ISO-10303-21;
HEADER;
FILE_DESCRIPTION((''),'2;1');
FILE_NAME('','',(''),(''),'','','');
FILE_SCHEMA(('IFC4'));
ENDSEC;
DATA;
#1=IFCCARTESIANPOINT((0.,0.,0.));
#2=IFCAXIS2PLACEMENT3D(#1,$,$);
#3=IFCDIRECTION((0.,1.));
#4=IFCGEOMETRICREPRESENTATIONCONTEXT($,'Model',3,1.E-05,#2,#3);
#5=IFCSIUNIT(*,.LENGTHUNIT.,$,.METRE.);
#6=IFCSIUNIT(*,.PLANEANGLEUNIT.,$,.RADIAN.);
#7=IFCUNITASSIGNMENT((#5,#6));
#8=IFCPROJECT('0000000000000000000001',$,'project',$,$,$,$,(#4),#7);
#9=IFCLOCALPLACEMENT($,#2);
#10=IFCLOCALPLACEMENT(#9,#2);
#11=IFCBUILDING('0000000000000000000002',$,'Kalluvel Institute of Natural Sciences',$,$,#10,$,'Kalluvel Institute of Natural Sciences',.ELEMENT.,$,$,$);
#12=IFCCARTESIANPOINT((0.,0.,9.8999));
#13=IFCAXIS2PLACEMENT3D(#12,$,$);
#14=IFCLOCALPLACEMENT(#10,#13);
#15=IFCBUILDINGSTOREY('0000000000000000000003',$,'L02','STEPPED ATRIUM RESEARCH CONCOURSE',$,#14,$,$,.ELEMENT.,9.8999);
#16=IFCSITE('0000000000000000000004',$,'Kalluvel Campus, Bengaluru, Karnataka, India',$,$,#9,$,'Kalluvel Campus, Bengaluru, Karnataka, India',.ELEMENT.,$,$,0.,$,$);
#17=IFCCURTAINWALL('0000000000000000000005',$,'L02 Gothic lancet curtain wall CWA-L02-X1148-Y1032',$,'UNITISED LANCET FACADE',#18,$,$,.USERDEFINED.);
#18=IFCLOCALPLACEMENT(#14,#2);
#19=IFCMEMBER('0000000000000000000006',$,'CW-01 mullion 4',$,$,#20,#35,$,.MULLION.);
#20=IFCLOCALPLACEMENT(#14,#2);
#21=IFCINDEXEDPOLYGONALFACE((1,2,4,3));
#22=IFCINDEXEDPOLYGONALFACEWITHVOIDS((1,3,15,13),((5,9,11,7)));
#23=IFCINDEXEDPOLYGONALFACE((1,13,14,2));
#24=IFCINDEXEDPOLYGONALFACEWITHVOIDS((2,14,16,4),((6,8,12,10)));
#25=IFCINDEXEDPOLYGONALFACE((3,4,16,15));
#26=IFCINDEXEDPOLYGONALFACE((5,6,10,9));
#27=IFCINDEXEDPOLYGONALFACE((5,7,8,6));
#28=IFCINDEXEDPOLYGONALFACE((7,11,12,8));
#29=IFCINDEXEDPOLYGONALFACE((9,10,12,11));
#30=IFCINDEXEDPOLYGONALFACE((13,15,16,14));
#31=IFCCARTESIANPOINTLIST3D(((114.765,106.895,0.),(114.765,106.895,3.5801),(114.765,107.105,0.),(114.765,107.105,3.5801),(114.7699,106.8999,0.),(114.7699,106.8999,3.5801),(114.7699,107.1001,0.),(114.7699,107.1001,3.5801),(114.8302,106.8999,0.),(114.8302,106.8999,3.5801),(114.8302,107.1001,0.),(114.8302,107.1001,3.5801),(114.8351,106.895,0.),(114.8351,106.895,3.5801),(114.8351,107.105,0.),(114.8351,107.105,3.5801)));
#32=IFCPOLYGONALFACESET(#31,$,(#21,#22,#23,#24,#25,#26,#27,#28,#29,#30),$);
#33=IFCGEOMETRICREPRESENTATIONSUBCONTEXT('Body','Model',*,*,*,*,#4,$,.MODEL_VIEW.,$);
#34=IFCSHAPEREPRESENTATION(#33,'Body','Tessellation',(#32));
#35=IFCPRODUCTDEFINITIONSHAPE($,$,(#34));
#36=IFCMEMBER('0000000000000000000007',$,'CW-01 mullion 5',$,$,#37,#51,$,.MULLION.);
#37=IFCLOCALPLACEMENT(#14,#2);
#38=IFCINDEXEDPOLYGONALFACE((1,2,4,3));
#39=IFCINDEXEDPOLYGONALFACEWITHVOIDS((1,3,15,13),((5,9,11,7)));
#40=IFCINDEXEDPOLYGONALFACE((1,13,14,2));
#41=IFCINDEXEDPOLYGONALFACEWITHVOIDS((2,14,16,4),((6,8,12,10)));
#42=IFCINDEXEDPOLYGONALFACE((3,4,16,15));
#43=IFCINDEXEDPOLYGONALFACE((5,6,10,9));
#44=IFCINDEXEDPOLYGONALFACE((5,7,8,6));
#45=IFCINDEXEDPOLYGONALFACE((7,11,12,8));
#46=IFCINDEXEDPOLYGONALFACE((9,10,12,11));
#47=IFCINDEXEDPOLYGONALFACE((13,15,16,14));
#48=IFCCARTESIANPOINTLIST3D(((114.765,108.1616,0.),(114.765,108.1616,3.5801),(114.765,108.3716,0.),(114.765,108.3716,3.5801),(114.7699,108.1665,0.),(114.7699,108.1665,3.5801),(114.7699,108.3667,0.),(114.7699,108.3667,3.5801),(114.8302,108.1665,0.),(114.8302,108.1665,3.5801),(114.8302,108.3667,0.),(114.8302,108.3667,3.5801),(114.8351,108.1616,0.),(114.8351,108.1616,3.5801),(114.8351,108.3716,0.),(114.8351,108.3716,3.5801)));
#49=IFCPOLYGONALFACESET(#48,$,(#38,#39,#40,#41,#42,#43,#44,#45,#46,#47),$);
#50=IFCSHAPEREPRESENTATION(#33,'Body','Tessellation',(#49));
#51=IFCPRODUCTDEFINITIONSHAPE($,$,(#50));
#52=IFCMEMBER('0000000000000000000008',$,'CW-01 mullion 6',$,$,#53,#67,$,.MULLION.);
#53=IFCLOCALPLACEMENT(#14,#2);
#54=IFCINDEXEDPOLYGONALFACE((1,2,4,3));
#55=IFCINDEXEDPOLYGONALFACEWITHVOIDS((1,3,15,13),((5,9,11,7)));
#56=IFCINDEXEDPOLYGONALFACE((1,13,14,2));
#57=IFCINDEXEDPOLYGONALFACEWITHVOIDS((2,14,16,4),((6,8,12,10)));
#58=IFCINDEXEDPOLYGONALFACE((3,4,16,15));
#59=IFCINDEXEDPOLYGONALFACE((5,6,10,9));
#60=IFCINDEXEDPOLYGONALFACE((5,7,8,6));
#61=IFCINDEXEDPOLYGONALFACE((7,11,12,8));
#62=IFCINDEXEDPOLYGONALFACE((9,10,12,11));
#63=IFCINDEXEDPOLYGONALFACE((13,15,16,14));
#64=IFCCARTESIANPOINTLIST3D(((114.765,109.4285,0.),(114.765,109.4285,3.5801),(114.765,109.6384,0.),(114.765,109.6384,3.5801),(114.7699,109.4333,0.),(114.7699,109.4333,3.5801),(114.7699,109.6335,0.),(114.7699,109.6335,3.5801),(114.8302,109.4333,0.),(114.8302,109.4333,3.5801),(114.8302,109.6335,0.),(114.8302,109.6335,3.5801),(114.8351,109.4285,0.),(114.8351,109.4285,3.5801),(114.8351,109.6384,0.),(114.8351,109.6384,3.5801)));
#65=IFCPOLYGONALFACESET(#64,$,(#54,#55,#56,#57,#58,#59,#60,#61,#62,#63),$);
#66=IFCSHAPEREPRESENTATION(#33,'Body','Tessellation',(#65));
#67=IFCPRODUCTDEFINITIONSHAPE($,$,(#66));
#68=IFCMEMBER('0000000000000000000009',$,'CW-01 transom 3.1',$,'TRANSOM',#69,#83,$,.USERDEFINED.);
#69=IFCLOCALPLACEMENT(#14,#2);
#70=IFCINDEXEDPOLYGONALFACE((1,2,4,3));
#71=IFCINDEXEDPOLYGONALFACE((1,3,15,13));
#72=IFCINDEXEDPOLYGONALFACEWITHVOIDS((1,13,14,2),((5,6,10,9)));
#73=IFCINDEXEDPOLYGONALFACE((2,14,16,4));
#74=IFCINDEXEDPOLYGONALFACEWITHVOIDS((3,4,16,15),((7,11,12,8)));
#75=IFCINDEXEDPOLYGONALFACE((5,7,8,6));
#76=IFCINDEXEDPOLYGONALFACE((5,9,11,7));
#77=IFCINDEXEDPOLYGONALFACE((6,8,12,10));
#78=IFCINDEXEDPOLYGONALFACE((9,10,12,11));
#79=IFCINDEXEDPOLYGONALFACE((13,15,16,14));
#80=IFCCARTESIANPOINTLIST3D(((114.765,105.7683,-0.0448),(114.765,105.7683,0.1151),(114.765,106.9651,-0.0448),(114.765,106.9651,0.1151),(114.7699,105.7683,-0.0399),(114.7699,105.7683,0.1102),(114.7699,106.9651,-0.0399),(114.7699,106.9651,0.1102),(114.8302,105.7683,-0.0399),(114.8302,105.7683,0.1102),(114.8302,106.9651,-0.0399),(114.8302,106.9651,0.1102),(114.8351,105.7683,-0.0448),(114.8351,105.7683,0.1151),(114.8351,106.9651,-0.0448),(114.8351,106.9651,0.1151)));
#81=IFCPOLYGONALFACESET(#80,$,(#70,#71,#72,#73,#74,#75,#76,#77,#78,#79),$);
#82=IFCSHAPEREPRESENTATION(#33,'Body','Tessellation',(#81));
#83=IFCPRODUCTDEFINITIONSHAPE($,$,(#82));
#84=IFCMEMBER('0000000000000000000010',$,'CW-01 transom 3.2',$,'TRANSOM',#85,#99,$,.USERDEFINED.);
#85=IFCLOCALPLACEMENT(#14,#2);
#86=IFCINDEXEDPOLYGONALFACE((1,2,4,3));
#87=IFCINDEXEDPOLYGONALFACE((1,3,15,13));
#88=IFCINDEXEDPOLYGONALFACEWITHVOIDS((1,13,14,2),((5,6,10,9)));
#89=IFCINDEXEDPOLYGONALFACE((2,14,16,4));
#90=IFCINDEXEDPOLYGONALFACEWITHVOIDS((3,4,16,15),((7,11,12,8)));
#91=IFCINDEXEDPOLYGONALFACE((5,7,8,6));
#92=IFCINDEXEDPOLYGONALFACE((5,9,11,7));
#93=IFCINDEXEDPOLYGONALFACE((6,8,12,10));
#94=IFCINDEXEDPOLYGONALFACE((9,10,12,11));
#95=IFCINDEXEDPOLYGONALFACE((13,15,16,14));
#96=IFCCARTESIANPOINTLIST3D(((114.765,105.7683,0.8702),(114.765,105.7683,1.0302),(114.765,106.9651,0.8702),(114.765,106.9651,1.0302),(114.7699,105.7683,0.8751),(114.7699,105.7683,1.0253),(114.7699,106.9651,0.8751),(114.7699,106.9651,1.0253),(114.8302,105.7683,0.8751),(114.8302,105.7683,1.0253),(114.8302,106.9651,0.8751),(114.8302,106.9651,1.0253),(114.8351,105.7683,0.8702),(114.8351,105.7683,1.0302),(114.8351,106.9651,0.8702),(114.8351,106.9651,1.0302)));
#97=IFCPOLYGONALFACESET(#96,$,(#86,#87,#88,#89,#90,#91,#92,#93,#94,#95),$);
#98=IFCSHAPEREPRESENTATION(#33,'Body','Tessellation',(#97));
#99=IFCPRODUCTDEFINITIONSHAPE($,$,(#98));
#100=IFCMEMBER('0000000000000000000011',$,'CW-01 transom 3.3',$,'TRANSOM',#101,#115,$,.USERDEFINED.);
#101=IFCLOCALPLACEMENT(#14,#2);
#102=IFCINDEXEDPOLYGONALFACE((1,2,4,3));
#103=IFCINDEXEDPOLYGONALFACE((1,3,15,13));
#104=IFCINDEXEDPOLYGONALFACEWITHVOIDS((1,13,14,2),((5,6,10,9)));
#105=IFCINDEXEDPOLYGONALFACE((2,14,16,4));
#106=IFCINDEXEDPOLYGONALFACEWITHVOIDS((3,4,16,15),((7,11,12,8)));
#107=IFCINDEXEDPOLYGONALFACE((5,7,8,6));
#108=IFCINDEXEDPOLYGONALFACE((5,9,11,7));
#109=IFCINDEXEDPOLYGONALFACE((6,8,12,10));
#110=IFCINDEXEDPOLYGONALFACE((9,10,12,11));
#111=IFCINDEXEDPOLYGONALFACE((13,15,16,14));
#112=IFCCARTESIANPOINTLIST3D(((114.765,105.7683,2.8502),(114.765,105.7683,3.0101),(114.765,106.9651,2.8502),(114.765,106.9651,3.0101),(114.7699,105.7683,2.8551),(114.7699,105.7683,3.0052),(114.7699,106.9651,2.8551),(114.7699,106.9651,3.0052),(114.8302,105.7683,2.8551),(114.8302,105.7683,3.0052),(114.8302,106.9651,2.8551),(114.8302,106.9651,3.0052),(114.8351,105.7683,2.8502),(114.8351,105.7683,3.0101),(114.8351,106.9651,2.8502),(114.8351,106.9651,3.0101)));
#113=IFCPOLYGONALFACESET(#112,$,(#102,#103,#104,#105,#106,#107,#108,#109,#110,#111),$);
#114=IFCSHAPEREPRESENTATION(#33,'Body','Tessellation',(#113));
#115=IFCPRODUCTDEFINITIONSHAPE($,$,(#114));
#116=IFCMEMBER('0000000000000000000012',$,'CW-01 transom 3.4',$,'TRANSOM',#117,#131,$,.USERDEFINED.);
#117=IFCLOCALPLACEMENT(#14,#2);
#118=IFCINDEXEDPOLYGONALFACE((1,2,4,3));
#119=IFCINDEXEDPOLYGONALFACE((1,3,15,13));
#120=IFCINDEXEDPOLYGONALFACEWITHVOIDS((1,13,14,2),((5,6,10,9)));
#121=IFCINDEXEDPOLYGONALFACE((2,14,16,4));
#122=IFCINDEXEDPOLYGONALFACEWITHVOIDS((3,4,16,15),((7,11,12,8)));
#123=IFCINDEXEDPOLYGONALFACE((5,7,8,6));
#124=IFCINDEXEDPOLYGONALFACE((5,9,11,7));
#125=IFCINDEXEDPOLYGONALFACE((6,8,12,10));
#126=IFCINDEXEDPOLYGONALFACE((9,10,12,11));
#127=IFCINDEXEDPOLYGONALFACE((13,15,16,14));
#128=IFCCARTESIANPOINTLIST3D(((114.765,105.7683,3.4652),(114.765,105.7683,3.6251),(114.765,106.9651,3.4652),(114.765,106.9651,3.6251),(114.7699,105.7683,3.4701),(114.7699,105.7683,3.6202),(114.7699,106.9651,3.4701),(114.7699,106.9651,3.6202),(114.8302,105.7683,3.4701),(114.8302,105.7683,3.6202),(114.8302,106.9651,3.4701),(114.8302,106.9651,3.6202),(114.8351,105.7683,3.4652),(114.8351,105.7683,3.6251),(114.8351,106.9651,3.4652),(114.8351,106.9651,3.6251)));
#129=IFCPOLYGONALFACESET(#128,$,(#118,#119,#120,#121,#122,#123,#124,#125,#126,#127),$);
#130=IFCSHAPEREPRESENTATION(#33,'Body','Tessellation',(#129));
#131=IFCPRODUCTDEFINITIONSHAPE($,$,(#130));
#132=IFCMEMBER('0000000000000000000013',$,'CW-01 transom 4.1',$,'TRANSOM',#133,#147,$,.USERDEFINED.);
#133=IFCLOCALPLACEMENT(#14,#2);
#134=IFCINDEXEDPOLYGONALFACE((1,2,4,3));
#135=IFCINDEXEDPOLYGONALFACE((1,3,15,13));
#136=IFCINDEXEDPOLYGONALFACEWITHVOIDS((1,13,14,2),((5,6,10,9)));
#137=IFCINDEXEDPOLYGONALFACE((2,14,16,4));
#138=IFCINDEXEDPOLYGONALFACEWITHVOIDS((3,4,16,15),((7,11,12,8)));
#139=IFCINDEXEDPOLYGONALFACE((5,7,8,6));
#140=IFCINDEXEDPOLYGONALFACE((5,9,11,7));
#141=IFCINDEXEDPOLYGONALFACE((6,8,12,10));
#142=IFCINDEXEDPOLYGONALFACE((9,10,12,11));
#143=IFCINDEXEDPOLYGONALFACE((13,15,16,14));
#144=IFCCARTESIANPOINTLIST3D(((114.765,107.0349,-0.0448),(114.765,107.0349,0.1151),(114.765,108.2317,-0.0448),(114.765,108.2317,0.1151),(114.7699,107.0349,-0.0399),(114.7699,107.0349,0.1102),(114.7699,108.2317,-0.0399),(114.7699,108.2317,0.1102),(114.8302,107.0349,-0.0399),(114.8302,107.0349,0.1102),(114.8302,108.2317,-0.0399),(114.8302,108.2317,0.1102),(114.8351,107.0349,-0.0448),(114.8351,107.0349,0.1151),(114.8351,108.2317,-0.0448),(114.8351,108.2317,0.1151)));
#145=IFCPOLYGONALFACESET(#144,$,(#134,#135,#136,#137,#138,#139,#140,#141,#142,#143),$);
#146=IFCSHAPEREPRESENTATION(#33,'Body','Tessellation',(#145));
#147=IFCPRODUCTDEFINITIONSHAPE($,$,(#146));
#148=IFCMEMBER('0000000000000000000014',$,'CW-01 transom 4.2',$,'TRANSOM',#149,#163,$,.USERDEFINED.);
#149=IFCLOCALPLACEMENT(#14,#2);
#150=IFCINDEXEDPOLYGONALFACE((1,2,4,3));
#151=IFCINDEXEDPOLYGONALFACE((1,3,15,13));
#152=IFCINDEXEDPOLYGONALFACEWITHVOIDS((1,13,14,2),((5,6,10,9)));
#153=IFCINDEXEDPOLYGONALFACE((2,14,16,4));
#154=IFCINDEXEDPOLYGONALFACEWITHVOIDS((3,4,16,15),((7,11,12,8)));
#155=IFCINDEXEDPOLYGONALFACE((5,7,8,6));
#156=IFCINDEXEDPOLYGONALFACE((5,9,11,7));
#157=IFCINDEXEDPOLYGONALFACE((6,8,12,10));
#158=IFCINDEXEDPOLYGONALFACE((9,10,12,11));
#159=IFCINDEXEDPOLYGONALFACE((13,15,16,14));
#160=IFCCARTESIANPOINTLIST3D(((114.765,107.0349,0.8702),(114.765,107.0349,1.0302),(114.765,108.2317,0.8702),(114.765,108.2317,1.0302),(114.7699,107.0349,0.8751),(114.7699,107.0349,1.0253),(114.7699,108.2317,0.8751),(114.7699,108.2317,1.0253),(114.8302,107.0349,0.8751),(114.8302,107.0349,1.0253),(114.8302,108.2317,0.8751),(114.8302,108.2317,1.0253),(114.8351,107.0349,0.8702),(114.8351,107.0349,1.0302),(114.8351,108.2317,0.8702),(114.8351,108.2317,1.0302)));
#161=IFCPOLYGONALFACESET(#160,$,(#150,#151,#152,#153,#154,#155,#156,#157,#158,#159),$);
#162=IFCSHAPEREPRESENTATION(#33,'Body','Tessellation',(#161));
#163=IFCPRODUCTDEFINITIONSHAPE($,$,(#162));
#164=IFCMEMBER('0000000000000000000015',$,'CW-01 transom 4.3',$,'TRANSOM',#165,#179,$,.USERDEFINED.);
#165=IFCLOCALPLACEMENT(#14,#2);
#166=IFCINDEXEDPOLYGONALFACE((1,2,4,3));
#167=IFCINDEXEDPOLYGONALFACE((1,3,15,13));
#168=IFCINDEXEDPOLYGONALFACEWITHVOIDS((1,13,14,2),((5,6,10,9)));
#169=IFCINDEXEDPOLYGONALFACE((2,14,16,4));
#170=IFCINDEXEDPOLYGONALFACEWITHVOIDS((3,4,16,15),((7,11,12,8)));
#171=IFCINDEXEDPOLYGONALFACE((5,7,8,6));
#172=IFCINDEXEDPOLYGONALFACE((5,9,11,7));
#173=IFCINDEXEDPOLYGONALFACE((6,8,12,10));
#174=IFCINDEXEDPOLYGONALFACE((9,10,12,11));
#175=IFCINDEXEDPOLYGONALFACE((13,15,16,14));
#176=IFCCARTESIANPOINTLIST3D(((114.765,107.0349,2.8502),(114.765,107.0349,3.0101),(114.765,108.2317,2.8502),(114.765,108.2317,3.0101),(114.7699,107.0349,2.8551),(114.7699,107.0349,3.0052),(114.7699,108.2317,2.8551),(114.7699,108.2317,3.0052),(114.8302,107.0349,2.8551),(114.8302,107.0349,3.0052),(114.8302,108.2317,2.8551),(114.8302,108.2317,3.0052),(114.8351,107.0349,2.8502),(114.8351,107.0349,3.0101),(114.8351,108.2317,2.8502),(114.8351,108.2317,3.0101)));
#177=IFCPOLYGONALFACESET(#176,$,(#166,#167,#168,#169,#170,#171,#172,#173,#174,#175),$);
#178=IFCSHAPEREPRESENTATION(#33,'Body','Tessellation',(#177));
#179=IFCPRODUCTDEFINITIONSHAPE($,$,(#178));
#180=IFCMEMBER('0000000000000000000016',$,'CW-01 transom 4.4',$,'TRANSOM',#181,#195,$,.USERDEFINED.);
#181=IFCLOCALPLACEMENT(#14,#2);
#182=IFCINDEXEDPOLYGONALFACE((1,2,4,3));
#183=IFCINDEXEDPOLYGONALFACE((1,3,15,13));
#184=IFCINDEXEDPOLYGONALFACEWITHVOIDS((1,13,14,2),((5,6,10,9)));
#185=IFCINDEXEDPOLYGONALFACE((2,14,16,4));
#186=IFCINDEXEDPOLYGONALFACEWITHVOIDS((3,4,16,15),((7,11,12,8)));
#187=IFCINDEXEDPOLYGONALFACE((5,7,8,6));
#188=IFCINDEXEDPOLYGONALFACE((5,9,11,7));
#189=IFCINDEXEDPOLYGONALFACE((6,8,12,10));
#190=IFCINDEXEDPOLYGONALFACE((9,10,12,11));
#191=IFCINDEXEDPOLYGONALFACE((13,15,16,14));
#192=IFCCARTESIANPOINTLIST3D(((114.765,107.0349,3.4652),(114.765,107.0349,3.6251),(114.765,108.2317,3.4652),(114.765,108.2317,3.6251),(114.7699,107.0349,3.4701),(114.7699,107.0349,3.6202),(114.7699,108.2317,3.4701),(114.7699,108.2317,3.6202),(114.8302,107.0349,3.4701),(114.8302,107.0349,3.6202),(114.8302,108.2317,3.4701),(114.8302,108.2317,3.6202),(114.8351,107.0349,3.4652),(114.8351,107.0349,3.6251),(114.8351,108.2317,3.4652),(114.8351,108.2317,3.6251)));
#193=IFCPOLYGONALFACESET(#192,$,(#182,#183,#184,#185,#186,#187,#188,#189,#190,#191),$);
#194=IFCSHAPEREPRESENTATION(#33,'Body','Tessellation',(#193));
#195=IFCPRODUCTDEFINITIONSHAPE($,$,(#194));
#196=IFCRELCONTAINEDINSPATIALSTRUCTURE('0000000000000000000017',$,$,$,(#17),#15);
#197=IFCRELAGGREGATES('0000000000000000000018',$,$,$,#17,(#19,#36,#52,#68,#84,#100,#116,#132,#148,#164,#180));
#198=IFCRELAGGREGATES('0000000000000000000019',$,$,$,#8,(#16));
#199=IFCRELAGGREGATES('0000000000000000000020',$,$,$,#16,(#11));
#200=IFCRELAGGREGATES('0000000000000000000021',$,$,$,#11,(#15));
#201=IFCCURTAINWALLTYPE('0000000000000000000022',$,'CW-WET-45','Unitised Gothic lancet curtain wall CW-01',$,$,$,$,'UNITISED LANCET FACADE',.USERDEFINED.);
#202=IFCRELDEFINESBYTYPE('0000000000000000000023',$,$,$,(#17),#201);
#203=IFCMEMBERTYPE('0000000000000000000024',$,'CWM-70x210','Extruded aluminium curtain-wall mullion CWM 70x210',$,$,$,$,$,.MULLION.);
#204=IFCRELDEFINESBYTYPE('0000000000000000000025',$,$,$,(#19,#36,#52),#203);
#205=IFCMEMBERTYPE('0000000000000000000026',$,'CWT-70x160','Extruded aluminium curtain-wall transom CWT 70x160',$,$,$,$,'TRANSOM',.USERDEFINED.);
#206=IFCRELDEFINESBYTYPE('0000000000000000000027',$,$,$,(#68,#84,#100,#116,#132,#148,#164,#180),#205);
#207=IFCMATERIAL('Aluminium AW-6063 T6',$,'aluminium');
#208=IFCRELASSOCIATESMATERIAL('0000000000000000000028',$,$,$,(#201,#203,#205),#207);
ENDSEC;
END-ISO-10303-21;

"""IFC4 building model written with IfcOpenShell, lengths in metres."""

from ifc_helpers import new_model, si_unit, direction, frame, origin, origin_2d, place, context, subcontext, project, spatial, hollow_rectangle, extrude, material, material_profile, profile_set, type_object, element, aggregate, save


model = new_model("IFC4")

# Units and contexts
model_context = context("Model", 3, precision=1e-05, world=origin(), true_north=direction((0.0, 1.0)))
body_context = subcontext(model_context, "Body", "Model", "MODEL_VIEW")
ifc_project = project(units=[si_unit("LENGTHUNIT", "METRE"), si_unit("PLANEANGLEUNIT", "RADIAN")], contexts=[model_context])

# Site, building, storey
site_placement = place(None, origin())
site = spatial("IfcSite", under=ifc_project, at=site_placement, Name="Kalluvel Campus, Bengaluru, Karnataka, India", LongName="Kalluvel Campus, Bengaluru, Karnataka, India", CompositionType="ELEMENT", RefElevation=0.0)
building_placement = place(site_placement, origin())
building = spatial("IfcBuilding", under=site, at=building_placement, Name="Kalluvel Institute of Natural Sciences", LongName="Kalluvel Institute of Natural Sciences", CompositionType="ELEMENT")
storey_placement = place(building_placement, frame((0.0, 0.0, 9.8999)))
storey = spatial("IfcBuildingStorey", under=building, at=storey_placement, Name="L02", Description="STEPPED ATRIUM RESEARCH CONCOURSE", CompositionType="ELEMENT", Elevation=9.8999)

# Curtain wall, members
ifc_material_1 = material(Name="Aluminium AW-6063 T6", Category="aluminium")
curtain_wall_type = type_object("IfcCurtainWallType", Name="CW-WET-45", Description="Unitised Gothic lancet curtain wall CW-01", ElementType="UNITISED LANCET FACADE", PredefinedType="USERDEFINED", material=ifc_material_1)
curtain_wall_placement = place(storey_placement, origin())
curtain_wall = element("IfcCurtainWall", 1, at=curtain_wall_placement, inside=storey, type_object=curtain_wall_type, Name="L02 Gothic lancet curtain wall CWA-L02-X1148-Y1032", ObjectType="UNITISED LANCET FACADE", PredefinedType="USERDEFINED")
ifc_material_profile_1 = material_profile(ifc_material_1, hollow_rectangle(XDim=0.0701, YDim=0.21, WallThickness=0.0049, at=origin_2d()), Name="CWM 70x210")
ifc_profile_set_1 = profile_set([ifc_material_profile_1], Name="Aluminium AW-6063 T6")
member_type_1 = type_object("IfcMemberType", Name="CWM-70x210", Description="Extruded aluminium curtain-wall mullion CWM 70x210", PredefinedType="MULLION", material=ifc_profile_set_1)
member_1_placement = place(storey_placement, frame((114.8, 107.0, 0.0), z_axis=(0.0, 0.0, 1.0), x_axis=(-1.0, 0.0, 0.0)))
member_1 = element("IfcMember", 2, at=member_1_placement, type_object=member_type_1, Name="CW-01 mullion 4", PredefinedType="MULLION", context=body_context, shape_type="SweptSolid", body=[
    extrude(hollow_rectangle(XDim=0.0701, YDim=0.21, WallThickness=0.0049, at=origin_2d()), origin(), (0.0, 0.0, 1.0), 3.5801),
])
member_2_placement = place(storey_placement, frame((114.8, 108.2666, 0.0), z_axis=(0.0, 0.0, 1.0), x_axis=(-1.0, 0.0, 0.0)))
member_2 = element("IfcMember", 3, at=member_2_placement, type_object=member_type_1, Name="CW-01 mullion 5", PredefinedType="MULLION", context=body_context, shape_type="SweptSolid", body=[
    extrude(hollow_rectangle(XDim=0.0701, YDim=0.21, WallThickness=0.0049, at=origin_2d()), origin(), (0.0, 0.0, 1.0), 3.5801),
])
member_3_placement = place(storey_placement, frame((114.8, 109.5334, 0.0), z_axis=(0.0, 0.0, 1.0), x_axis=(-1.0, 0.0, 0.0)))
member_3 = element("IfcMember", 4, at=member_3_placement, type_object=member_type_1, Name="CW-01 mullion 6", PredefinedType="MULLION", context=body_context, shape_type="SweptSolid", body=[
    extrude(hollow_rectangle(XDim=0.0701, YDim=0.21, WallThickness=0.0049, at=origin_2d()), origin(), (0.0, 0.0, 1.0), 3.5801),
])
ifc_material_profile_2 = material_profile(ifc_material_1, hollow_rectangle(XDim=0.0701, YDim=0.1599, WallThickness=0.0049, at=origin_2d()), Name="CWT 70x160")
ifc_profile_set_2 = profile_set([ifc_material_profile_2], Name="Aluminium AW-6063 T6")
member_type_2 = type_object("IfcMemberType", Name="CWT-70x160", Description="Extruded aluminium curtain-wall transom CWT 70x160", ElementType="TRANSOM", PredefinedType="USERDEFINED", material=ifc_profile_set_2)
member_4_placement = place(storey_placement, frame((114.8, 105.7683, 0.0352), z_axis=(0.0, 1.0, 0.0), x_axis=(-1.0, 0.0, 0.0)))
member_4 = element("IfcMember", 5, at=member_4_placement, type_object=member_type_2, Name="CW-01 transom 3.1", ObjectType="TRANSOM", PredefinedType="USERDEFINED", context=body_context, shape_type="SweptSolid", body=[
    extrude(hollow_rectangle(XDim=0.0701, YDim=0.1599, WallThickness=0.0049, at=origin_2d()), origin(), (0.0, 0.0, 1.0), 1.1968),
])
member_5_placement = place(storey_placement, frame((114.8, 105.7683, 0.9502), z_axis=(0.0, 1.0, 0.0), x_axis=(-1.0, 0.0, 0.0)))
member_5 = element("IfcMember", 6, at=member_5_placement, type_object=member_type_2, Name="CW-01 transom 3.2", ObjectType="TRANSOM", PredefinedType="USERDEFINED", context=body_context, shape_type="SweptSolid", body=[
    extrude(hollow_rectangle(XDim=0.0701, YDim=0.1599, WallThickness=0.0049, at=origin_2d()), origin(), (0.0, 0.0, 1.0), 1.1968),
])
member_6_placement = place(storey_placement, frame((114.8, 105.7683, 2.9302), z_axis=(0.0, 1.0, 0.0), x_axis=(-1.0, 0.0, 0.0)))
member_6 = element("IfcMember", 7, at=member_6_placement, type_object=member_type_2, Name="CW-01 transom 3.3", ObjectType="TRANSOM", PredefinedType="USERDEFINED", context=body_context, shape_type="SweptSolid", body=[
    extrude(hollow_rectangle(XDim=0.0701, YDim=0.1599, WallThickness=0.0049, at=origin_2d()), origin(), (0.0, 0.0, 1.0), 1.1968),
])
member_7_placement = place(storey_placement, frame((114.8, 105.7683, 3.5452), z_axis=(0.0, 1.0, 0.0), x_axis=(-1.0, 0.0, 0.0)))
member_7 = element("IfcMember", 8, at=member_7_placement, type_object=member_type_2, Name="CW-01 transom 3.4", ObjectType="TRANSOM", PredefinedType="USERDEFINED", context=body_context, shape_type="SweptSolid", body=[
    extrude(hollow_rectangle(XDim=0.0701, YDim=0.1599, WallThickness=0.0049, at=origin_2d()), origin(), (0.0, 0.0, 1.0), 1.1968),
])
member_8_placement = place(storey_placement, frame((114.8, 107.0349, 0.0352), z_axis=(0.0, 1.0, 0.0), x_axis=(-1.0, 0.0, 0.0)))
member_8 = element("IfcMember", 9, at=member_8_placement, type_object=member_type_2, Name="CW-01 transom 4.1", ObjectType="TRANSOM", PredefinedType="USERDEFINED", context=body_context, shape_type="SweptSolid", body=[
    extrude(hollow_rectangle(XDim=0.0701, YDim=0.1599, WallThickness=0.0049, at=origin_2d()), origin(), (0.0, 0.0, 1.0), 1.1968),
])
member_9_placement = place(storey_placement, frame((114.8, 107.0349, 0.9502), z_axis=(0.0, 1.0, 0.0), x_axis=(-1.0, 0.0, 0.0)))
member_9 = element("IfcMember", 10, at=member_9_placement, type_object=member_type_2, Name="CW-01 transom 4.2", ObjectType="TRANSOM", PredefinedType="USERDEFINED", context=body_context, shape_type="SweptSolid", body=[
    extrude(hollow_rectangle(XDim=0.0701, YDim=0.1599, WallThickness=0.0049, at=origin_2d()), origin(), (0.0, 0.0, 1.0), 1.1968),
])
member_10_placement = place(storey_placement, frame((114.8, 107.0349, 2.9302), z_axis=(0.0, 1.0, 0.0), x_axis=(-1.0, 0.0, 0.0)))
member_10 = element("IfcMember", 11, at=member_10_placement, type_object=member_type_2, Name="CW-01 transom 4.3", ObjectType="TRANSOM", PredefinedType="USERDEFINED", context=body_context, shape_type="SweptSolid", body=[
    extrude(hollow_rectangle(XDim=0.0701, YDim=0.1599, WallThickness=0.0049, at=origin_2d()), origin(), (0.0, 0.0, 1.0), 1.1968),
])
member_11_placement = place(storey_placement, frame((114.8, 107.0349, 3.5452), z_axis=(0.0, 1.0, 0.0), x_axis=(-1.0, 0.0, 0.0)))
member_11 = element("IfcMember", 12, at=member_11_placement, type_object=member_type_2, Name="CW-01 transom 4.4", ObjectType="TRANSOM", PredefinedType="USERDEFINED", context=body_context, shape_type="SweptSolid", body=[
    extrude(hollow_rectangle(XDim=0.0701, YDim=0.1599, WallThickness=0.0049, at=origin_2d()), origin(), (0.0, 0.0, 1.0), 1.1968),
])
aggregate(curtain_wall, [member_1, member_2, member_3, member_4, member_5, member_6, member_7, member_8, member_9, member_10, member_11])

save(model, "model.ifc")
